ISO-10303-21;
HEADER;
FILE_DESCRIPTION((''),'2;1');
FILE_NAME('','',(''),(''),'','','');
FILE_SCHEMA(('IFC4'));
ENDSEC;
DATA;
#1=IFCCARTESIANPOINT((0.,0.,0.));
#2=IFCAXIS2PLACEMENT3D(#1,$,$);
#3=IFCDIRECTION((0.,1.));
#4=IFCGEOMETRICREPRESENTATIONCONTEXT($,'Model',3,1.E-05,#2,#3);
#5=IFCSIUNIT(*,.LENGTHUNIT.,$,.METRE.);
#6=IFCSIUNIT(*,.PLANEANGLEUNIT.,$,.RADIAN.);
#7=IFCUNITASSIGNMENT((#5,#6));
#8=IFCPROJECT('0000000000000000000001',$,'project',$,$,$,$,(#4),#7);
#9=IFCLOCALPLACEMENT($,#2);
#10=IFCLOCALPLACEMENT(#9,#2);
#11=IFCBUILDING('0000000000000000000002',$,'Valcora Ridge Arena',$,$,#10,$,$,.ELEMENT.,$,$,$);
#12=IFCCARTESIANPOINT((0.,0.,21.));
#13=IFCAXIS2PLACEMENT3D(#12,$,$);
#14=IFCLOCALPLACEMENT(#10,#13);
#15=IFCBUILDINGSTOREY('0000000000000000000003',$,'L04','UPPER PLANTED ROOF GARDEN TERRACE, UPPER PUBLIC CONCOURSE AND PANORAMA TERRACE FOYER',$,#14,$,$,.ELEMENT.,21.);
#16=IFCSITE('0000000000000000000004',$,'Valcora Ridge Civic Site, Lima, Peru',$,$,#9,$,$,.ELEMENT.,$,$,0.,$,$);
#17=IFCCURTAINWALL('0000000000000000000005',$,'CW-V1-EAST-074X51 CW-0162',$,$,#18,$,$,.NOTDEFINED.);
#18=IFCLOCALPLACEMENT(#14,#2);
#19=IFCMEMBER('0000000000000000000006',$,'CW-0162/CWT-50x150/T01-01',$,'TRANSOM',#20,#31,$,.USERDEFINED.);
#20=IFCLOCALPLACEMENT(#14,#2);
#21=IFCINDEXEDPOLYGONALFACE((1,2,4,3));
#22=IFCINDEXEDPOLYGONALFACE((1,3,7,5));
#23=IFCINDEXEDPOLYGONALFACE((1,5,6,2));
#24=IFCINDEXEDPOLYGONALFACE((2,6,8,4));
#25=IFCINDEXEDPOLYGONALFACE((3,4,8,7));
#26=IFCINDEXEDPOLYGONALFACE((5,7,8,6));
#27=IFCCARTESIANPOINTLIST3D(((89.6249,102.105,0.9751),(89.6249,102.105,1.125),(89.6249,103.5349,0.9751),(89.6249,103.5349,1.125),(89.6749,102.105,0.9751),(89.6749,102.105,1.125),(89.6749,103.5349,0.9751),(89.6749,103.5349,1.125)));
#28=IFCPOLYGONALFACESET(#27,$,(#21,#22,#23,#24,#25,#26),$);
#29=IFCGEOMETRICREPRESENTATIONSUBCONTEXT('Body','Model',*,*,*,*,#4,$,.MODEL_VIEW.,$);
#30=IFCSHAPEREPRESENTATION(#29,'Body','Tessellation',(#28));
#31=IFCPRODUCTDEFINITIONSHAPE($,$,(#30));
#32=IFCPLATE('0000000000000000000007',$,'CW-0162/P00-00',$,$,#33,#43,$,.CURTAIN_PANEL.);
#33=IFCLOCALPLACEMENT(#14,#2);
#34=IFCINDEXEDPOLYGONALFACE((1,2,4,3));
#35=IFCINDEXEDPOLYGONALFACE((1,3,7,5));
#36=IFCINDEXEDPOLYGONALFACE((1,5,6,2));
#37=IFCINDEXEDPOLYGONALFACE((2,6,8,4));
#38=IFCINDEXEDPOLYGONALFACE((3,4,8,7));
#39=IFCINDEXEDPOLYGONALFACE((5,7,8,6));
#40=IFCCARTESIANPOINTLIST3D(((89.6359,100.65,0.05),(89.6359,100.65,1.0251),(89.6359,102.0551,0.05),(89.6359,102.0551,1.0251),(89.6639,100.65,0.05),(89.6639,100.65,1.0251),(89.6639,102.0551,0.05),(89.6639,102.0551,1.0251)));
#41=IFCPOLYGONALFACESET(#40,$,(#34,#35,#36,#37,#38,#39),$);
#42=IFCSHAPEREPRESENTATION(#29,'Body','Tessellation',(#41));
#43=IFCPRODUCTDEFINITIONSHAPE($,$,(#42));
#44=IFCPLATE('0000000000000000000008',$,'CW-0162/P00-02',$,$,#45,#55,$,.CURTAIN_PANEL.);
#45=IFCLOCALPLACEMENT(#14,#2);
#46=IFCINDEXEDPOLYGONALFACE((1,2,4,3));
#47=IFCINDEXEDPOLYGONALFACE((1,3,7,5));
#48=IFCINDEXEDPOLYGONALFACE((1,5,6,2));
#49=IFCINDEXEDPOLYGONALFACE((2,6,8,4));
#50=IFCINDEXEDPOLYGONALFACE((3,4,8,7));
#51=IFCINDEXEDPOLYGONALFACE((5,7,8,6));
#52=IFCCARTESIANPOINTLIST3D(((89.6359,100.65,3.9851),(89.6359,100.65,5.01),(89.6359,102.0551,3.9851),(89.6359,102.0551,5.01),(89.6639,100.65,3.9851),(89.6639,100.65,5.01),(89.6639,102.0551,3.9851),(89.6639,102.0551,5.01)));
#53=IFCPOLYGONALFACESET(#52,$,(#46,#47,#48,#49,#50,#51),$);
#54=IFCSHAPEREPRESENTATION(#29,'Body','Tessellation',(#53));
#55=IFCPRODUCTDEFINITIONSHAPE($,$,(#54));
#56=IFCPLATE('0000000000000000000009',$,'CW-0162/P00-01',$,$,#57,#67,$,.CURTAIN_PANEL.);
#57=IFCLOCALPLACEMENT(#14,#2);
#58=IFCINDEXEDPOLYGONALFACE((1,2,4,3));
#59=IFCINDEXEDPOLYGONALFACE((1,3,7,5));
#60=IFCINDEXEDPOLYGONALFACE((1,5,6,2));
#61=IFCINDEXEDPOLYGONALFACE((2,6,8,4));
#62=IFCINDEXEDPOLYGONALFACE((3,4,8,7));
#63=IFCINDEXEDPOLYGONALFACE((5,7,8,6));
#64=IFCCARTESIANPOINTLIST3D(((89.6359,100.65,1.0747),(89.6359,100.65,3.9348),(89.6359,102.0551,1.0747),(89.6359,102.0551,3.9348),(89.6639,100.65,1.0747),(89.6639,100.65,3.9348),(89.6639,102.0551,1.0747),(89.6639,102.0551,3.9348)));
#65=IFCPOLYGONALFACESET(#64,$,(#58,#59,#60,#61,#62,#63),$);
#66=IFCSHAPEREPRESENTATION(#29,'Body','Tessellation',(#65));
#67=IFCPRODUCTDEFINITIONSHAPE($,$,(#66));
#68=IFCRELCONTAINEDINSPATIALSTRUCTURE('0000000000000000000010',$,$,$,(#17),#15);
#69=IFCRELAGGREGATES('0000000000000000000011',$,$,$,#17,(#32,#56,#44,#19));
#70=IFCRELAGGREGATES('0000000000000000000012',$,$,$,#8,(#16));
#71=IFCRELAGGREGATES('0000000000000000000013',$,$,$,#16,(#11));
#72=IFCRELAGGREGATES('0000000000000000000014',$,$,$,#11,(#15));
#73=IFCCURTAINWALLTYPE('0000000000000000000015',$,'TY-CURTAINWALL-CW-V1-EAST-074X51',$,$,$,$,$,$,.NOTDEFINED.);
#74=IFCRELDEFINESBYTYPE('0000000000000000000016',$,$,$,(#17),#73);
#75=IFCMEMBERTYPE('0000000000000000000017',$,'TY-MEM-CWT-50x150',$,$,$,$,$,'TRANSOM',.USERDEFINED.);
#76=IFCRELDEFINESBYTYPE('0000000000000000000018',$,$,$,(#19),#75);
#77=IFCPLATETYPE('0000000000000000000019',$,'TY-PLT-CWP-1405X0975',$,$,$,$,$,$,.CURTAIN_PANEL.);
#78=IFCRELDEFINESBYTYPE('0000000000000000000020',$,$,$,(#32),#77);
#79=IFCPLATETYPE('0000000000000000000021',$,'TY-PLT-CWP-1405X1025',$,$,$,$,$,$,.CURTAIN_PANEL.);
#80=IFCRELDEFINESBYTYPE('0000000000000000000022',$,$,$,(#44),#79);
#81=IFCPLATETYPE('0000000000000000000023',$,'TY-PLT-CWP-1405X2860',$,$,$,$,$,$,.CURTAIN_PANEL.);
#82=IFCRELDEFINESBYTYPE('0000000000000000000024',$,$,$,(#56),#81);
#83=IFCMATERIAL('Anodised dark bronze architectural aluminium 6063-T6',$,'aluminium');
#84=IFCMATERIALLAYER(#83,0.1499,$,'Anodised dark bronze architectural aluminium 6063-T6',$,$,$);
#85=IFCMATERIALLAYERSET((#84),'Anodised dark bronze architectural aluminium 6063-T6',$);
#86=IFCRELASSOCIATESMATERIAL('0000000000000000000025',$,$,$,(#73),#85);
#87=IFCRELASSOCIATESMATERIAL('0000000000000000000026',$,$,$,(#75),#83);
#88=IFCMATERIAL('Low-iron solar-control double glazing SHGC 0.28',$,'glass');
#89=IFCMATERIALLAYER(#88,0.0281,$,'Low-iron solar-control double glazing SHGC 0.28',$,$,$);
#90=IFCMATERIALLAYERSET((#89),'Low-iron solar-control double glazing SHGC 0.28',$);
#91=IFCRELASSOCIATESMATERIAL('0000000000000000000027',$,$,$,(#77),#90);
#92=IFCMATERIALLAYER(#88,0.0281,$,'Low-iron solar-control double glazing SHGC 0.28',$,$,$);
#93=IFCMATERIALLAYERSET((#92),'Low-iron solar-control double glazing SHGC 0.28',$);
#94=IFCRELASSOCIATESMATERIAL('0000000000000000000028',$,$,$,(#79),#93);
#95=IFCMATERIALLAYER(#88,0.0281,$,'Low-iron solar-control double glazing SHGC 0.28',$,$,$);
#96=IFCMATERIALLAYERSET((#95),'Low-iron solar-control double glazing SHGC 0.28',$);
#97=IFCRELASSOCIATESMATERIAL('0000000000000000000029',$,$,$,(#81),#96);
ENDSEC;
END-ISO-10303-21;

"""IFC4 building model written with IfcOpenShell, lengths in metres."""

from ifc_helpers import new_model, si_unit, direction, frame, origin, origin_2d, place, context, subcontext, project, spatial, rectangle, extrude, material, layer, layer_set, material_profile, profile_set, type_object, element, aggregate, save


model = new_model("IFC4")

# Units and contexts
model_context = context("Model", 3, precision=1e-05, world=origin(), true_north=direction((0.0, 1.0)))
body_context = subcontext(model_context, "Body", "Model", "MODEL_VIEW")
ifc_project = project(units=[si_unit("LENGTHUNIT", "METRE"), si_unit("PLANEANGLEUNIT", "RADIAN")], contexts=[model_context])

# Site, building, storey
site_placement = place(None, origin())
site = spatial("IfcSite", under=ifc_project, at=site_placement, Name="Valcora Ridge Civic Site, Lima, Peru", CompositionType="ELEMENT", RefElevation=0.0)
building_placement = place(site_placement, origin())
building = spatial("IfcBuilding", under=site, at=building_placement, Name="Valcora Ridge Arena", CompositionType="ELEMENT")
storey_placement = place(building_placement, frame((0.0, 0.0, 21.0)))
storey = spatial("IfcBuildingStorey", under=building, at=storey_placement, Name="L04", Description="UPPER PLANTED ROOF GARDEN TERRACE, UPPER PUBLIC CONCOURSE AND PANORAMA TERRACE FOYER", CompositionType="ELEMENT", Elevation=21.0)

# Curtain wall, member, plates
ifc_material_1 = material(Name="Anodised dark bronze architectural aluminium 6063-T6", Category="aluminium")
ifc_layer_1 = layer(ifc_material_1, 0.1499, Name="Anodised dark bronze architectural aluminium 6063-T6")
ifc_layer_set_1 = layer_set([ifc_layer_1], Name="Anodised dark bronze architectural aluminium 6063-T6")
curtain_wall_type = type_object("IfcCurtainWallType", Name="TY-CURTAINWALL-CW-V1-EAST-074X51", PredefinedType="NOTDEFINED", material=ifc_layer_set_1)
curtain_wall_placement = place(storey_placement, origin())
curtain_wall = element("IfcCurtainWall", 1, at=curtain_wall_placement, inside=storey, type_object=curtain_wall_type, Name="CW-V1-EAST-074X51 CW-0162", PredefinedType="NOTDEFINED")
ifc_material_profile_1 = material_profile(ifc_material_1, rectangle(XDim=0.05, YDim=0.1499, at=origin_2d()), Name="ALU TRANSOM 50x150")
ifc_profile_set_1 = profile_set([ifc_material_profile_1], Name="Anodised dark bronze architectural aluminium 6063-T6")
member_type_1 = type_object("IfcMemberType", Name="TY-MEM-CWT-50x150", ElementType="TRANSOM", PredefinedType="USERDEFINED", material=ifc_profile_set_1)
member_1_placement = place(storey_placement, frame((89.6499, 102.105, 1.05), z_axis=(0.0, 1.0, 0.0), x_axis=(-1.0, 0.0, 0.0)))
member_1 = element("IfcMember", 2, at=member_1_placement, type_object=member_type_1, Name="CW-0162/CWT-50x150/T01-01", ObjectType="TRANSOM", PredefinedType="USERDEFINED", context=body_context, shape_type="SweptSolid", body=[
    extrude(rectangle(XDim=0.05, YDim=0.1499, at=origin_2d()), origin(), (0.0, 0.0, 1.0), 1.4299),
])
ifc_material_2 = material(Name="Low-iron solar-control double glazing SHGC 0.28", Category="glass")
ifc_layer_2 = layer(ifc_material_2, 0.0281, Name="Low-iron solar-control double glazing SHGC 0.28")
ifc_layer_set_2 = layer_set([ifc_layer_2], Name="Low-iron solar-control double glazing SHGC 0.28")
plate_type_1 = type_object("IfcPlateType", Name="TY-PLT-CWP-1405X0975", PredefinedType="CURTAIN_PANEL", material=ifc_layer_set_2)
plate_1_placement = place(storey_placement, frame((89.6499, 101.3525, 0.05), z_axis=(0.0, 0.0, 1.0), x_axis=(0.0, 1.0, 0.0)))
plate_1 = element("IfcPlate", 3, at=plate_1_placement, type_object=plate_type_1, Name="CW-0162/P00-00", PredefinedType="CURTAIN_PANEL", context=body_context, shape_type="SweptSolid", body=[
    extrude(rectangle(XDim=1.405, YDim=0.0281, at=origin_2d()), origin(), (0.0, 0.0, 1.0), 0.9751),
])
ifc_layer_3 = layer(ifc_material_2, 0.0281, Name="Low-iron solar-control double glazing SHGC 0.28")
ifc_layer_set_3 = layer_set([ifc_layer_3], Name="Low-iron solar-control double glazing SHGC 0.28")
plate_type_2 = type_object("IfcPlateType", Name="TY-PLT-CWP-1405X1025", PredefinedType="CURTAIN_PANEL", material=ifc_layer_set_3)
plate_2_placement = place(storey_placement, frame((89.6499, 101.3525, 3.9851), z_axis=(0.0, 0.0, 1.0), x_axis=(0.0, 1.0, 0.0)))
plate_2 = element("IfcPlate", 4, at=plate_2_placement, type_object=plate_type_2, Name="CW-0162/P00-02", PredefinedType="CURTAIN_PANEL", context=body_context, shape_type="SweptSolid", body=[
    extrude(rectangle(XDim=1.405, YDim=0.0281, at=origin_2d()), origin(), (0.0, 0.0, 1.0), 1.0249),
])
ifc_layer_4 = layer(ifc_material_2, 0.0281, Name="Low-iron solar-control double glazing SHGC 0.28")
ifc_layer_set_4 = layer_set([ifc_layer_4], Name="Low-iron solar-control double glazing SHGC 0.28")
plate_type_3 = type_object("IfcPlateType", Name="TY-PLT-CWP-1405X2860", PredefinedType="CURTAIN_PANEL", material=ifc_layer_set_4)
plate_3_placement = place(storey_placement, frame((89.6499, 101.3525, 1.0747), z_axis=(0.0, 0.0, 1.0), x_axis=(0.0, 1.0, 0.0)))
plate_3 = element("IfcPlate", 5, at=plate_3_placement, type_object=plate_type_3, Name="CW-0162/P00-01", PredefinedType="CURTAIN_PANEL", context=body_context, shape_type="SweptSolid", body=[
    extrude(rectangle(XDim=1.405, YDim=0.0281, at=origin_2d()), origin(), (0.0, 0.0, 1.0), 2.8601),
])
aggregate(curtain_wall, [plate_1, plate_3, plate_2, member_1])

save(model, "model.ifc")
